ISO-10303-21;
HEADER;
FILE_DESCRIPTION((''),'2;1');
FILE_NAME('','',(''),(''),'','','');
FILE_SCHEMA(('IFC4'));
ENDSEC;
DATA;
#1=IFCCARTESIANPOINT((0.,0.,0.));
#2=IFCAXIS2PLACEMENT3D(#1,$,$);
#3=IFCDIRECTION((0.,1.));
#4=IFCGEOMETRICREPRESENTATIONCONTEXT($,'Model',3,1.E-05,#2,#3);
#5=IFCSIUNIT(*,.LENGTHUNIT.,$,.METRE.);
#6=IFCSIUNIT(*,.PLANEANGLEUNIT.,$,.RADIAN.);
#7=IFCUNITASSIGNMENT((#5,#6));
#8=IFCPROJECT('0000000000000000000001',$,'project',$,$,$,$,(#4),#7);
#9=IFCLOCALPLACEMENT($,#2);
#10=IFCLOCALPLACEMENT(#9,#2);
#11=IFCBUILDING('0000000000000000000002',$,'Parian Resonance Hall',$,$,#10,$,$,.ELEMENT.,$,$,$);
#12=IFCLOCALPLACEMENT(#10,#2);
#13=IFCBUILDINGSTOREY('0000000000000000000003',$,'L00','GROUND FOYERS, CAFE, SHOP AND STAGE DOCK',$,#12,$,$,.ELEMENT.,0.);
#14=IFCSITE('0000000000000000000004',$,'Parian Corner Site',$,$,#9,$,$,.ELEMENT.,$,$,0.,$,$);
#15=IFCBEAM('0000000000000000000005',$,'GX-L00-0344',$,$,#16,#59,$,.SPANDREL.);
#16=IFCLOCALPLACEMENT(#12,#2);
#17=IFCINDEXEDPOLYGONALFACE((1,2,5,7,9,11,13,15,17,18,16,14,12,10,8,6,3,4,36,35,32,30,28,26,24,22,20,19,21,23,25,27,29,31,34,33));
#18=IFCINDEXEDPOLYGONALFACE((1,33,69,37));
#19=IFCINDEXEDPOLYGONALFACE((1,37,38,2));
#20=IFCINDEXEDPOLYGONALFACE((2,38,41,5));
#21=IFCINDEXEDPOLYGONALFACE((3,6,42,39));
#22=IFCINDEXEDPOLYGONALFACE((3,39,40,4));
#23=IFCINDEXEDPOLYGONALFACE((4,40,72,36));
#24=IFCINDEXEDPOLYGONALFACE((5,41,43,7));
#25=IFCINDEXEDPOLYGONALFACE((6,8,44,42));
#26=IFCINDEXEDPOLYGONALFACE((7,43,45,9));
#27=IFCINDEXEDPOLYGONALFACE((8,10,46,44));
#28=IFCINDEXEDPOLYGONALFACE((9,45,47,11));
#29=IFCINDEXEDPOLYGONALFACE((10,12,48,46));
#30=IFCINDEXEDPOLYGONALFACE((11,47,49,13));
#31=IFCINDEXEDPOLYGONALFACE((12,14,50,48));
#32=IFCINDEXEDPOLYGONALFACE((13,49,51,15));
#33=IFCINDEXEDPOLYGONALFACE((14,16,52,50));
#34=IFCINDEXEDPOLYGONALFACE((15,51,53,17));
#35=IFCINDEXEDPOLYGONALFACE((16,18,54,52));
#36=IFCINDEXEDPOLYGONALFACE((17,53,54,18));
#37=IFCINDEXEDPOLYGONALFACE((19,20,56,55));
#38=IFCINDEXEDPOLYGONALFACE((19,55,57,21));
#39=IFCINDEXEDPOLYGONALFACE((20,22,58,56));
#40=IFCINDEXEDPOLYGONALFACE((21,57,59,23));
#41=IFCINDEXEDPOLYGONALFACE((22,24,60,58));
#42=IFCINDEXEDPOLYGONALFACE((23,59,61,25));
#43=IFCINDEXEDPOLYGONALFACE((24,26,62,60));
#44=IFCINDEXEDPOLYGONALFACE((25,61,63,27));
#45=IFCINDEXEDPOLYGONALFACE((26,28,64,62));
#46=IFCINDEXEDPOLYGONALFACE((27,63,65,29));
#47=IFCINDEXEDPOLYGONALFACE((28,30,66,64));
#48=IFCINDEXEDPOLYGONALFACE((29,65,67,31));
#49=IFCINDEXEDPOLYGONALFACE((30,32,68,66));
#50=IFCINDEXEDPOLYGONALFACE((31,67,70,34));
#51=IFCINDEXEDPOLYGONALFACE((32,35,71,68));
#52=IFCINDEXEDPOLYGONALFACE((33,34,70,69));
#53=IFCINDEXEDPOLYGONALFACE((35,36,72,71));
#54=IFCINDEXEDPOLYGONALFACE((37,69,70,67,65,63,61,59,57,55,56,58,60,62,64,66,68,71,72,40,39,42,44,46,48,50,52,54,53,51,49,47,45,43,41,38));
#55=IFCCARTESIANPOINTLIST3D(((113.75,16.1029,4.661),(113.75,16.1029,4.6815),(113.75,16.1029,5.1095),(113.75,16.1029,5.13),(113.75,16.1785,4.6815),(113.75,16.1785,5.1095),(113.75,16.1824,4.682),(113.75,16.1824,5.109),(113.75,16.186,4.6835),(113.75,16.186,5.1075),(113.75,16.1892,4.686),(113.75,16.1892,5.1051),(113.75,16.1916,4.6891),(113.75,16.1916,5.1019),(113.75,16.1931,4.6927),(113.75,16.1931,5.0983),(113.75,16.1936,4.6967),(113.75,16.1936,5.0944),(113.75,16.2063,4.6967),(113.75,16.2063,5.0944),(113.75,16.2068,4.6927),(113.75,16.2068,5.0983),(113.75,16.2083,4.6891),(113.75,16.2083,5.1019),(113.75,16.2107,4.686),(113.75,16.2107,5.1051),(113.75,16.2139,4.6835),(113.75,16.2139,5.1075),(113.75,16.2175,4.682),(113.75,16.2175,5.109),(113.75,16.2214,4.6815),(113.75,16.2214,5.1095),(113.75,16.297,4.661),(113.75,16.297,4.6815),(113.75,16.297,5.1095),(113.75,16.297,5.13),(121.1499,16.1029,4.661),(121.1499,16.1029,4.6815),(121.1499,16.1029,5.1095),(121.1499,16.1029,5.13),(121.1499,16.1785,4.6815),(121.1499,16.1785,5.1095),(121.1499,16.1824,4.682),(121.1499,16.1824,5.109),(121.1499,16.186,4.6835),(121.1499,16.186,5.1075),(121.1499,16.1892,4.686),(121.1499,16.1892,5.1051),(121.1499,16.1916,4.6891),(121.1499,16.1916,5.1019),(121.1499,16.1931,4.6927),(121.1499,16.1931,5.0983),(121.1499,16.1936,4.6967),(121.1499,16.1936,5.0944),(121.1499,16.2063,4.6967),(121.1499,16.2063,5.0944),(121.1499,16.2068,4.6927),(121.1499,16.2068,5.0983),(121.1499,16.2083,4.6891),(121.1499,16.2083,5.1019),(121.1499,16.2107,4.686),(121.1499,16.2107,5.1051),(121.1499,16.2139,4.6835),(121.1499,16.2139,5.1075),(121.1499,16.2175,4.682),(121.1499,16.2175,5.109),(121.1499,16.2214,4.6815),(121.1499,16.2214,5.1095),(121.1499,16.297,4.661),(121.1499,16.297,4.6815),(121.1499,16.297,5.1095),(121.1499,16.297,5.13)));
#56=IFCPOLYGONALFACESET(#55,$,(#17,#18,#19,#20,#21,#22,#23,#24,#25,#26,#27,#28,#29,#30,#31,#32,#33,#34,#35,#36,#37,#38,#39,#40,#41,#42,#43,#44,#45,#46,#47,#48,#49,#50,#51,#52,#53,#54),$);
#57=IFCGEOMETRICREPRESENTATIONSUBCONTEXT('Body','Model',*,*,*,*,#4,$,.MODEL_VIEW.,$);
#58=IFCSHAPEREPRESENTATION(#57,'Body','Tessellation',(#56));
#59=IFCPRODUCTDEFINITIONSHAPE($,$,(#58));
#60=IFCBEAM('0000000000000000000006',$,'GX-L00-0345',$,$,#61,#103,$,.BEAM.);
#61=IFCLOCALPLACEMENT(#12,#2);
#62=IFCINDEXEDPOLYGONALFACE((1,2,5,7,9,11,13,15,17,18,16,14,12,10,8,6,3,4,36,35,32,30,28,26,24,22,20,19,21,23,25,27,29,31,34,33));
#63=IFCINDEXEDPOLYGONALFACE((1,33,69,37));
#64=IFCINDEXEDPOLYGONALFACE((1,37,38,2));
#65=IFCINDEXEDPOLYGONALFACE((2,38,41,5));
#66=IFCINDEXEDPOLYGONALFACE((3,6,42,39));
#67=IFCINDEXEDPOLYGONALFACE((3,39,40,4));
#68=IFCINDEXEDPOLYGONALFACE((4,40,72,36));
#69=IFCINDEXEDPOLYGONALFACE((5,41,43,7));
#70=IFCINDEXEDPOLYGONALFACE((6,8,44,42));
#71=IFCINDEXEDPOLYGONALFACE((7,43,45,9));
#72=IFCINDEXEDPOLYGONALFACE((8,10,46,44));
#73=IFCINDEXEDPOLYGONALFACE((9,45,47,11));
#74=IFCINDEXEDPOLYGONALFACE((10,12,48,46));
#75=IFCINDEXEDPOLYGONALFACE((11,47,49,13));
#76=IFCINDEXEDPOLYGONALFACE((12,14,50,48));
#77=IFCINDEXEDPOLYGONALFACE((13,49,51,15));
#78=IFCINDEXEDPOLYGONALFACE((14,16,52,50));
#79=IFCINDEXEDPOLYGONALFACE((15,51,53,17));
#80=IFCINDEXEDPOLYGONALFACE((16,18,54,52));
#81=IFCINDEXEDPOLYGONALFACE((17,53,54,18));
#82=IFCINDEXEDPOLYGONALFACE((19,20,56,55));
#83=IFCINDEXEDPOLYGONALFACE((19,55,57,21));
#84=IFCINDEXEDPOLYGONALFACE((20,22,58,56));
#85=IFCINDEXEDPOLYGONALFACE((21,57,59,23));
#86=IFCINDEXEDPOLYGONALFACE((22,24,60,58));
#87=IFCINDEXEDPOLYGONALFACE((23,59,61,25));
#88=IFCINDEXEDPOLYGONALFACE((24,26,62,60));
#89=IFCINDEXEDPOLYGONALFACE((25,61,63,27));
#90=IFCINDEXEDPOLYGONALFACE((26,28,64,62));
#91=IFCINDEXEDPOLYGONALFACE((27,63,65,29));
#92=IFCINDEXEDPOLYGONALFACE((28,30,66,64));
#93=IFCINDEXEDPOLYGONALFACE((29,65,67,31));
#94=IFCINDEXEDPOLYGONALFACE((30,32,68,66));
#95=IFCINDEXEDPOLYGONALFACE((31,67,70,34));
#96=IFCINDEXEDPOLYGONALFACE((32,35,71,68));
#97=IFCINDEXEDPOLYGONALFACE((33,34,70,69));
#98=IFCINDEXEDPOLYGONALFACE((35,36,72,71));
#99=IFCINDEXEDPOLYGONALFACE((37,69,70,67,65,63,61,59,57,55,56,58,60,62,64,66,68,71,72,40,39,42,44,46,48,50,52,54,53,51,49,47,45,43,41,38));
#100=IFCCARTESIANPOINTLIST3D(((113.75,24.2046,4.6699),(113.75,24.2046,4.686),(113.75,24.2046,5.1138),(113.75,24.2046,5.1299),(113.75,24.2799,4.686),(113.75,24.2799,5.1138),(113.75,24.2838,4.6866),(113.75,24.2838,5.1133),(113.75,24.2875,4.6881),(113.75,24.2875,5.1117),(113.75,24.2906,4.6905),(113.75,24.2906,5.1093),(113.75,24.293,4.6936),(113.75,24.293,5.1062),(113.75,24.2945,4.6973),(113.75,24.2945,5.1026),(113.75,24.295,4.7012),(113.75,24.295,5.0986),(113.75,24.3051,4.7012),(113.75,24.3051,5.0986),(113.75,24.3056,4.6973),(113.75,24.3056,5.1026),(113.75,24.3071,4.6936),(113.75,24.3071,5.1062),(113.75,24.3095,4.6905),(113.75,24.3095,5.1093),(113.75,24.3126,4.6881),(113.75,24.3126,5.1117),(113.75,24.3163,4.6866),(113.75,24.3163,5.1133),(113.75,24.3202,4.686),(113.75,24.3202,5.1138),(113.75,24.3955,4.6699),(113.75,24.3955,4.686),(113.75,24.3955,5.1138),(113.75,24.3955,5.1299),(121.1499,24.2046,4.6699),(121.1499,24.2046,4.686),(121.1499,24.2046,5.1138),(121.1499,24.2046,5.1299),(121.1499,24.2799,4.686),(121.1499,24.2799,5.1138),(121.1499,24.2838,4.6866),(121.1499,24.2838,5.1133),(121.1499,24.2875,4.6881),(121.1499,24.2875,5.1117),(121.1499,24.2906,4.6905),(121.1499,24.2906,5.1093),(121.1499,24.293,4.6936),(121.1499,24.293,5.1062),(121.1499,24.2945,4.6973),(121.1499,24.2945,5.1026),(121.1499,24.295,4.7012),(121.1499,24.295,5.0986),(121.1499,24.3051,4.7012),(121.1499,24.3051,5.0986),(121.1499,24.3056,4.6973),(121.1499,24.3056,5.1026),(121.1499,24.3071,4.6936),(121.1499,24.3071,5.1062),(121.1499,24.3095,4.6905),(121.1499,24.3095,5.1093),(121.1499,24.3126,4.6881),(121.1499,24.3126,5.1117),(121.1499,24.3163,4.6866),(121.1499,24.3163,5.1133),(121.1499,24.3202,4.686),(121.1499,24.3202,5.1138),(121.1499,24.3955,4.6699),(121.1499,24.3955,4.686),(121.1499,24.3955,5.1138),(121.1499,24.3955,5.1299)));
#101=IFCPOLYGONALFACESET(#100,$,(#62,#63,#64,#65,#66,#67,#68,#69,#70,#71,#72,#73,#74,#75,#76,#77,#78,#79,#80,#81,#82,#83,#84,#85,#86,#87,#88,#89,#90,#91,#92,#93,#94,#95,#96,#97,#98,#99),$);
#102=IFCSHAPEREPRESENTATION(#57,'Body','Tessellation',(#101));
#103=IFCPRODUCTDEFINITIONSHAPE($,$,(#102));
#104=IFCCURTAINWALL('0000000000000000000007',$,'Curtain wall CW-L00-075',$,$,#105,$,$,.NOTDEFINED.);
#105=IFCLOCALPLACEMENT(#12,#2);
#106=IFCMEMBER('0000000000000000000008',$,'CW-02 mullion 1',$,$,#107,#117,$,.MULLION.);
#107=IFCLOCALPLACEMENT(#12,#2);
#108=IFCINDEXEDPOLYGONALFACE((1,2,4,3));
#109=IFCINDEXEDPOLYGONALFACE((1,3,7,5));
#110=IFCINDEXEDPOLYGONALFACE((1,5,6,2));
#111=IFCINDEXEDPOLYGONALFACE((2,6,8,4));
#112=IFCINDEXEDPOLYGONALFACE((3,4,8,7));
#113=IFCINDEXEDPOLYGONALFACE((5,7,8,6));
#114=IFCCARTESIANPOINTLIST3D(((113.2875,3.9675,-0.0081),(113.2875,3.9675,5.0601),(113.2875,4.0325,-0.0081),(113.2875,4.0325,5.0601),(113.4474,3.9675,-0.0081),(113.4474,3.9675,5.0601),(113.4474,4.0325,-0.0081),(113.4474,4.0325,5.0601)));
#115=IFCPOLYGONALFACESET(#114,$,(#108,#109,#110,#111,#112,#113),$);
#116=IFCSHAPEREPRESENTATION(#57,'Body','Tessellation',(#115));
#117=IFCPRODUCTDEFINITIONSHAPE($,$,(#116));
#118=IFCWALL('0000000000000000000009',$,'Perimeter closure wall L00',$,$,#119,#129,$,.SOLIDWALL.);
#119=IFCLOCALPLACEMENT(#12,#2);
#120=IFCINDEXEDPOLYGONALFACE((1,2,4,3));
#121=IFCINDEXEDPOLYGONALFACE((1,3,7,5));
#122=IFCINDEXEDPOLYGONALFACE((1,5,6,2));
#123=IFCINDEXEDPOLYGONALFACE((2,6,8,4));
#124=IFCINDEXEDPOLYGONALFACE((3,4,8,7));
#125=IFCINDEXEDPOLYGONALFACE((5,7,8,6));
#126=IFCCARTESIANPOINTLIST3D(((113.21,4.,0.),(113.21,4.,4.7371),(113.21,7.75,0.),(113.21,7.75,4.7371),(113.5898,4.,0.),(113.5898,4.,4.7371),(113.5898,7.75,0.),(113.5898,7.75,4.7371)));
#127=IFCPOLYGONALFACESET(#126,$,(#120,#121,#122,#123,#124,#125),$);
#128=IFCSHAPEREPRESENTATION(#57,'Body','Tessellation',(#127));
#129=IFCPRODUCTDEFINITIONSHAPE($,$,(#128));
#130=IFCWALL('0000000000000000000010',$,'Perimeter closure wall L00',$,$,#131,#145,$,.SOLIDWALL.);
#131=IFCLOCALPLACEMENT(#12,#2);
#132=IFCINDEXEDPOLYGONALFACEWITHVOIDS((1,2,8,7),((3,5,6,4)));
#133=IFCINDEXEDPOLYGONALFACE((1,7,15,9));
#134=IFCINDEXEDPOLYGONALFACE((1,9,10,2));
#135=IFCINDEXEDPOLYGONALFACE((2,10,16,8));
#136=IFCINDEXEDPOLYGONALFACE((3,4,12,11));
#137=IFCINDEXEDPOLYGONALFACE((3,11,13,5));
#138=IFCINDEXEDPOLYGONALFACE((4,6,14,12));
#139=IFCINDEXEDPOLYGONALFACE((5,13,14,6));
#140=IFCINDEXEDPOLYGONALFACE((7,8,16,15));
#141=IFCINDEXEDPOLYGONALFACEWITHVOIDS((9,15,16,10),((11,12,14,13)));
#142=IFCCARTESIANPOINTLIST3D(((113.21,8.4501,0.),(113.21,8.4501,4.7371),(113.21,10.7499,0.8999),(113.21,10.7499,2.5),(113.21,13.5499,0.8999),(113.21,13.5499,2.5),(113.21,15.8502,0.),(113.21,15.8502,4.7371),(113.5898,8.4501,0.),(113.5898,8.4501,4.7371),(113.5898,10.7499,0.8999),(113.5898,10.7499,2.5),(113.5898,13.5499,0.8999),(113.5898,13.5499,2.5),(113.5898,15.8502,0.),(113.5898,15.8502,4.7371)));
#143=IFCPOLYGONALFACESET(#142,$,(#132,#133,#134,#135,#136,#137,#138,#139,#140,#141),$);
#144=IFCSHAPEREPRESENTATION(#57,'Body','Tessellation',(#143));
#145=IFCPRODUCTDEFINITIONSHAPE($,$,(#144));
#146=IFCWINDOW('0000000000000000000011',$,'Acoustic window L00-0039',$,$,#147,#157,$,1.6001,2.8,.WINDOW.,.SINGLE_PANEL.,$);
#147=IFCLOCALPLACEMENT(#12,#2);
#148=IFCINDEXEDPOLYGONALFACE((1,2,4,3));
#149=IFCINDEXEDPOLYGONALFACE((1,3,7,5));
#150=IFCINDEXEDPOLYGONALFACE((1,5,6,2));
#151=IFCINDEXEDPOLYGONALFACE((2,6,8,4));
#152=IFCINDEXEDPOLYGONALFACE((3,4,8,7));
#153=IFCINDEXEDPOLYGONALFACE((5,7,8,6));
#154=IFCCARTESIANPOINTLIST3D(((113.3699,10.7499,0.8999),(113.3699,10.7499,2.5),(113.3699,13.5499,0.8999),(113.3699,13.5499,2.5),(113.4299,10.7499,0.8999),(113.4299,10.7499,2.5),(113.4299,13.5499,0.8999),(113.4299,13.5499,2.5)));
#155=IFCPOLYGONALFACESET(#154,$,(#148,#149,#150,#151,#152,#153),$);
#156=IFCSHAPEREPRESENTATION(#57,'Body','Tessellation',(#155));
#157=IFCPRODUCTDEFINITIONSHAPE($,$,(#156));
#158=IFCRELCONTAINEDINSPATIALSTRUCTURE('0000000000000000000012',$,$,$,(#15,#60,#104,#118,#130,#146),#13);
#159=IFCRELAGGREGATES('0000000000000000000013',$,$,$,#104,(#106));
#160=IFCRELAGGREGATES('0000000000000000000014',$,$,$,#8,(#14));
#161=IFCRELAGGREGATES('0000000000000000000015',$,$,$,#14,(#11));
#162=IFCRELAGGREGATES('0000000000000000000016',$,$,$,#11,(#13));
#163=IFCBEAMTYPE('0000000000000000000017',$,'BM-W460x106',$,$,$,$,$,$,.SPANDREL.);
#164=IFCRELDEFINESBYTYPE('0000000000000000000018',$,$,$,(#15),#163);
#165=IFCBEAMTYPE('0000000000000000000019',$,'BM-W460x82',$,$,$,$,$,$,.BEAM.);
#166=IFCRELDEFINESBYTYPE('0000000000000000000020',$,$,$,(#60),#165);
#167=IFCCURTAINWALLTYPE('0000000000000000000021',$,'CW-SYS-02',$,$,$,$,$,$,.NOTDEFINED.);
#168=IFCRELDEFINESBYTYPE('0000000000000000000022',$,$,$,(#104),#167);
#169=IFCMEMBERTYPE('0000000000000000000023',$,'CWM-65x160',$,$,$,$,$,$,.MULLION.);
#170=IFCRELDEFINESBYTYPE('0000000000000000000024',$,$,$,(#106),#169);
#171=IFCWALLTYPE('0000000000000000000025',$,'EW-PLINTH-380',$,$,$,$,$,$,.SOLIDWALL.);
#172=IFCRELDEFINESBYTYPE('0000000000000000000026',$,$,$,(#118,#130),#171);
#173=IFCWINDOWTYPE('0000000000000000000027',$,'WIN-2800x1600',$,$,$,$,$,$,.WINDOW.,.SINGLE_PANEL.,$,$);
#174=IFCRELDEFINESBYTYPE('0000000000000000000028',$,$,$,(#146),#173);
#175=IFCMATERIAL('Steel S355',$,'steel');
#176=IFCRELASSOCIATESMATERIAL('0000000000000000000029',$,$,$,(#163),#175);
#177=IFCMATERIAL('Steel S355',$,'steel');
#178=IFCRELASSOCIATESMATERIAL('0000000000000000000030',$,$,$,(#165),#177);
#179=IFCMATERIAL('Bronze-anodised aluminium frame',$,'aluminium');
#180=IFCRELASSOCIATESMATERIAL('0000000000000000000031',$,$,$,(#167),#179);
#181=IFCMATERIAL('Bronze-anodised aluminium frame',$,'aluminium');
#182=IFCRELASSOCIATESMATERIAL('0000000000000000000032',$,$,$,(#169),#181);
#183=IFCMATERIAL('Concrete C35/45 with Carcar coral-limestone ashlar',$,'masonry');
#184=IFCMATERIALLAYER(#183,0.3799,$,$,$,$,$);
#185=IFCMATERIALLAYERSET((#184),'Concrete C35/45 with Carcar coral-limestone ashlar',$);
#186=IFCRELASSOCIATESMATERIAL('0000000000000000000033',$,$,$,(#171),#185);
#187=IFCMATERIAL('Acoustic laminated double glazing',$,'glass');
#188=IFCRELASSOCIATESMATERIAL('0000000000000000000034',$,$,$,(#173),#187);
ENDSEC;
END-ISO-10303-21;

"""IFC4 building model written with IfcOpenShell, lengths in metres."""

from ifc_helpers import new_model, si_unit, direction, frame, frame_2d, origin, origin_2d, place, context, subcontext, project, spatial, rectangle, i_section, extrude, material, layer, layer_set, material_profile, profile_set, type_object, element, fill, aggregate, save


model = new_model("IFC4")

# Units and contexts
model_context = context("Model", 3, precision=1e-05, world=origin(), true_north=direction((0.0, 1.0)))
body_context = subcontext(model_context, "Body", "Model", "MODEL_VIEW")
ifc_project = project(units=[si_unit("LENGTHUNIT", "METRE"), si_unit("PLANEANGLEUNIT", "RADIAN")], contexts=[model_context])

# Site, building, storey
site_placement = place(None, origin())
site = spatial("IfcSite", under=ifc_project, at=site_placement, Name="Parian Corner Site", CompositionType="ELEMENT", RefElevation=0.0)
building_placement = place(site_placement, origin())
building = spatial("IfcBuilding", under=site, at=building_placement, Name="Parian Resonance Hall", CompositionType="ELEMENT")
storey_placement = place(building_placement, origin())
storey = spatial("IfcBuildingStorey", under=building, at=storey_placement, Name="L00", Description="GROUND FOYERS, CAFE, SHOP AND STAGE DOCK", CompositionType="ELEMENT", Elevation=0.0)

# Beams
ifc_material_1 = material(Name="Steel S355", Category="steel")
ifc_material_profile_1 = material_profile(ifc_material_1, i_section(OverallWidth=0.1941, OverallDepth=0.469, WebThickness=0.0127, FlangeThickness=0.0205, FilletRadius=0.0151, at=origin_2d()), Name="W460x106")
ifc_profile_set_1 = profile_set([ifc_material_profile_1], Name="Steel S355")
beam_type_1 = type_object("IfcBeamType", Name="BM-W460x106", PredefinedType="SPANDREL", material=ifc_profile_set_1)
beam_1_placement = place(storey_placement, frame((113.75, 16.2, 4.8955), z_axis=(1.0, 0.0, 0.0), x_axis=(0.0, 1.0, 0.0)))
element("IfcBeam", 1, at=beam_1_placement, inside=storey, type_object=beam_type_1, Name="GX-L00-0344", PredefinedType="SPANDREL", context=body_context, shape_type="SweptSolid", body=[
    extrude(i_section(OverallWidth=0.1941, OverallDepth=0.469, WebThickness=0.0127, FlangeThickness=0.0205, FilletRadius=0.0151, at=origin_2d()), origin(), (0.0, 0.0, 1.0), 7.3999),
])
ifc_material_2 = material(Name="Steel S355", Category="steel")
ifc_material_profile_2 = material_profile(ifc_material_2, i_section(OverallWidth=0.1909, OverallDepth=0.46, WebThickness=0.01, FlangeThickness=0.0161, FilletRadius=0.0151, at=origin_2d()), Name="W460x82")
ifc_profile_set_2 = profile_set([ifc_material_profile_2], Name="Steel S355")
beam_type_2 = type_object("IfcBeamType", Name="BM-W460x82", PredefinedType="BEAM", material=ifc_profile_set_2)
beam_2_placement = place(storey_placement, frame((113.75, 24.3, 4.8999), z_axis=(1.0, 0.0, 0.0), x_axis=(0.0, 1.0, 0.0)))
element("IfcBeam", 2, at=beam_2_placement, inside=storey, type_object=beam_type_2, Name="GX-L00-0345", PredefinedType="BEAM", context=body_context, shape_type="SweptSolid", body=[
    extrude(i_section(OverallWidth=0.1909, OverallDepth=0.46, WebThickness=0.01, FlangeThickness=0.0161, FilletRadius=0.0151, at=origin_2d()), origin(), (0.0, 0.0, 1.0), 7.3999),
])

# Curtain wall, member
ifc_material_3 = material(Name="Bronze-anodised aluminium frame", Category="aluminium")
curtain_wall_type = type_object("IfcCurtainWallType", Name="CW-SYS-02", PredefinedType="NOTDEFINED", material=ifc_material_3)
curtain_wall_placement = place(storey_placement, origin())
curtain_wall = element("IfcCurtainWall", 3, at=curtain_wall_placement, inside=storey, type_object=curtain_wall_type, Name="Curtain wall CW-L00-075", PredefinedType="NOTDEFINED")
ifc_material_4 = material(Name="Bronze-anodised aluminium frame", Category="aluminium")
ifc_material_profile_3 = material_profile(ifc_material_4, rectangle(XDim=0.0649, YDim=0.1599, at=origin_2d()), Name="CWM-65x160")
ifc_profile_set_3 = profile_set([ifc_material_profile_3], Name="Bronze-anodised aluminium frame")
member_type = type_object("IfcMemberType", Name="CWM-65x160", PredefinedType="MULLION", material=ifc_profile_set_3)
member_placement = place(storey_placement, frame((113.3674, 4.0, -0.0081), z_axis=(0.0, 0.0, 1.0), x_axis=(0.0, -1.0, 0.0)))
member = element("IfcMember", 4, at=member_placement, type_object=member_type, Name="CW-02 mullion 1", PredefinedType="MULLION", context=body_context, shape_type="SweptSolid", body=[
    extrude(rectangle(XDim=0.0649, YDim=0.1599, at=origin_2d()), origin(), (0.0, 0.0, 1.0), 5.0681),
])
aggregate(curtain_wall, [member])

# Wall
ifc_material_5 = material(Name="Concrete C35/45 with Carcar coral-limestone ashlar", Category="masonry")
ifc_layer = layer(ifc_material_5, 0.3799)
ifc_layer_set = layer_set([ifc_layer], Name="Concrete C35/45 with Carcar coral-limestone ashlar")
wall_type = type_object("IfcWallType", Name="EW-PLINTH-380", PredefinedType="SOLIDWALL", material=ifc_layer_set)
wall_1_placement = place(storey_placement, frame((113.3999, 4.0, 0.0), z_axis=(0.0, 0.0, 1.0), x_axis=(0.0, 1.0, 0.0)))
element("IfcWall", 5, at=wall_1_placement, inside=storey, type_object=wall_type, Name="Perimeter closure wall L00", PredefinedType="SOLIDWALL", context=body_context, shape_type="SweptSolid", body=[
    extrude(rectangle(XDim=3.75, YDim=0.3799, at=frame_2d((1.875, 0.0))), origin(), (0.0, 0.0, 1.0), 4.7371),
])

# Wall, opening, window
wall_2_placement = place(storey_placement, frame((113.3999, 8.45, 0.0), z_axis=(0.0, 0.0, 1.0), x_axis=(0.0, 1.0, 0.0)))
wall_2 = element("IfcWall", 6, at=wall_2_placement, inside=storey, type_object=wall_type, Name="Perimeter closure wall L00", PredefinedType="SOLIDWALL", context=body_context, shape_type="SweptSolid", body=[
    extrude(rectangle(XDim=7.4001, YDim=0.3799, at=frame_2d((3.7002, 0.0))), origin(), (0.0, 0.0, 1.0), 4.7371),
])
opening_1_placement = place(wall_2_placement, frame((2.3, 0.0, 0.8999)))
opening_1 = element("IfcOpeningElement", 7, at=opening_1_placement, cuts=wall_2, PredefinedType="OPENING", context=body_context, shape_type="SweptSolid", body=[
    extrude(rectangle(XDim=2.8, YDim=1.6001, at=frame_2d((1.3999, 0.8))), frame((0.0, 0.2, 0.0), z_axis=(0.0, -1.0, 0.0), x_axis=(1.0, 0.0, 0.0)), (0.0, 0.0, 1.0), 0.3999),
])
ifc_material_6 = material(Name="Acoustic laminated double glazing", Category="glass")
window_type_1 = type_object("IfcWindowType", Name="WIN-2800x1600", PartitioningType="SINGLE_PANEL", PredefinedType="WINDOW", material=ifc_material_6)
window_1_placement = place(opening_1_placement, origin())
window_1 = element("IfcWindow", 8, at=window_1_placement, inside=storey, type_object=window_type_1, Name="Acoustic window L00-0039", OverallHeight=1.6001, OverallWidth=2.8, PartitioningType="SINGLE_PANEL", PredefinedType="WINDOW", context=body_context, shape_type="SweptSolid", body=[
    extrude(rectangle(XDim=2.8, YDim=1.6001, at=frame_2d((1.3999, 0.8))), frame((0.0, 0.03, 0.0), z_axis=(0.0, -1.0, 0.0), x_axis=(1.0, 0.0, 0.0)), (0.0, 0.0, 1.0), 0.0601),
])
fill(opening_1, window_1)

save(model, "model.ifc")
